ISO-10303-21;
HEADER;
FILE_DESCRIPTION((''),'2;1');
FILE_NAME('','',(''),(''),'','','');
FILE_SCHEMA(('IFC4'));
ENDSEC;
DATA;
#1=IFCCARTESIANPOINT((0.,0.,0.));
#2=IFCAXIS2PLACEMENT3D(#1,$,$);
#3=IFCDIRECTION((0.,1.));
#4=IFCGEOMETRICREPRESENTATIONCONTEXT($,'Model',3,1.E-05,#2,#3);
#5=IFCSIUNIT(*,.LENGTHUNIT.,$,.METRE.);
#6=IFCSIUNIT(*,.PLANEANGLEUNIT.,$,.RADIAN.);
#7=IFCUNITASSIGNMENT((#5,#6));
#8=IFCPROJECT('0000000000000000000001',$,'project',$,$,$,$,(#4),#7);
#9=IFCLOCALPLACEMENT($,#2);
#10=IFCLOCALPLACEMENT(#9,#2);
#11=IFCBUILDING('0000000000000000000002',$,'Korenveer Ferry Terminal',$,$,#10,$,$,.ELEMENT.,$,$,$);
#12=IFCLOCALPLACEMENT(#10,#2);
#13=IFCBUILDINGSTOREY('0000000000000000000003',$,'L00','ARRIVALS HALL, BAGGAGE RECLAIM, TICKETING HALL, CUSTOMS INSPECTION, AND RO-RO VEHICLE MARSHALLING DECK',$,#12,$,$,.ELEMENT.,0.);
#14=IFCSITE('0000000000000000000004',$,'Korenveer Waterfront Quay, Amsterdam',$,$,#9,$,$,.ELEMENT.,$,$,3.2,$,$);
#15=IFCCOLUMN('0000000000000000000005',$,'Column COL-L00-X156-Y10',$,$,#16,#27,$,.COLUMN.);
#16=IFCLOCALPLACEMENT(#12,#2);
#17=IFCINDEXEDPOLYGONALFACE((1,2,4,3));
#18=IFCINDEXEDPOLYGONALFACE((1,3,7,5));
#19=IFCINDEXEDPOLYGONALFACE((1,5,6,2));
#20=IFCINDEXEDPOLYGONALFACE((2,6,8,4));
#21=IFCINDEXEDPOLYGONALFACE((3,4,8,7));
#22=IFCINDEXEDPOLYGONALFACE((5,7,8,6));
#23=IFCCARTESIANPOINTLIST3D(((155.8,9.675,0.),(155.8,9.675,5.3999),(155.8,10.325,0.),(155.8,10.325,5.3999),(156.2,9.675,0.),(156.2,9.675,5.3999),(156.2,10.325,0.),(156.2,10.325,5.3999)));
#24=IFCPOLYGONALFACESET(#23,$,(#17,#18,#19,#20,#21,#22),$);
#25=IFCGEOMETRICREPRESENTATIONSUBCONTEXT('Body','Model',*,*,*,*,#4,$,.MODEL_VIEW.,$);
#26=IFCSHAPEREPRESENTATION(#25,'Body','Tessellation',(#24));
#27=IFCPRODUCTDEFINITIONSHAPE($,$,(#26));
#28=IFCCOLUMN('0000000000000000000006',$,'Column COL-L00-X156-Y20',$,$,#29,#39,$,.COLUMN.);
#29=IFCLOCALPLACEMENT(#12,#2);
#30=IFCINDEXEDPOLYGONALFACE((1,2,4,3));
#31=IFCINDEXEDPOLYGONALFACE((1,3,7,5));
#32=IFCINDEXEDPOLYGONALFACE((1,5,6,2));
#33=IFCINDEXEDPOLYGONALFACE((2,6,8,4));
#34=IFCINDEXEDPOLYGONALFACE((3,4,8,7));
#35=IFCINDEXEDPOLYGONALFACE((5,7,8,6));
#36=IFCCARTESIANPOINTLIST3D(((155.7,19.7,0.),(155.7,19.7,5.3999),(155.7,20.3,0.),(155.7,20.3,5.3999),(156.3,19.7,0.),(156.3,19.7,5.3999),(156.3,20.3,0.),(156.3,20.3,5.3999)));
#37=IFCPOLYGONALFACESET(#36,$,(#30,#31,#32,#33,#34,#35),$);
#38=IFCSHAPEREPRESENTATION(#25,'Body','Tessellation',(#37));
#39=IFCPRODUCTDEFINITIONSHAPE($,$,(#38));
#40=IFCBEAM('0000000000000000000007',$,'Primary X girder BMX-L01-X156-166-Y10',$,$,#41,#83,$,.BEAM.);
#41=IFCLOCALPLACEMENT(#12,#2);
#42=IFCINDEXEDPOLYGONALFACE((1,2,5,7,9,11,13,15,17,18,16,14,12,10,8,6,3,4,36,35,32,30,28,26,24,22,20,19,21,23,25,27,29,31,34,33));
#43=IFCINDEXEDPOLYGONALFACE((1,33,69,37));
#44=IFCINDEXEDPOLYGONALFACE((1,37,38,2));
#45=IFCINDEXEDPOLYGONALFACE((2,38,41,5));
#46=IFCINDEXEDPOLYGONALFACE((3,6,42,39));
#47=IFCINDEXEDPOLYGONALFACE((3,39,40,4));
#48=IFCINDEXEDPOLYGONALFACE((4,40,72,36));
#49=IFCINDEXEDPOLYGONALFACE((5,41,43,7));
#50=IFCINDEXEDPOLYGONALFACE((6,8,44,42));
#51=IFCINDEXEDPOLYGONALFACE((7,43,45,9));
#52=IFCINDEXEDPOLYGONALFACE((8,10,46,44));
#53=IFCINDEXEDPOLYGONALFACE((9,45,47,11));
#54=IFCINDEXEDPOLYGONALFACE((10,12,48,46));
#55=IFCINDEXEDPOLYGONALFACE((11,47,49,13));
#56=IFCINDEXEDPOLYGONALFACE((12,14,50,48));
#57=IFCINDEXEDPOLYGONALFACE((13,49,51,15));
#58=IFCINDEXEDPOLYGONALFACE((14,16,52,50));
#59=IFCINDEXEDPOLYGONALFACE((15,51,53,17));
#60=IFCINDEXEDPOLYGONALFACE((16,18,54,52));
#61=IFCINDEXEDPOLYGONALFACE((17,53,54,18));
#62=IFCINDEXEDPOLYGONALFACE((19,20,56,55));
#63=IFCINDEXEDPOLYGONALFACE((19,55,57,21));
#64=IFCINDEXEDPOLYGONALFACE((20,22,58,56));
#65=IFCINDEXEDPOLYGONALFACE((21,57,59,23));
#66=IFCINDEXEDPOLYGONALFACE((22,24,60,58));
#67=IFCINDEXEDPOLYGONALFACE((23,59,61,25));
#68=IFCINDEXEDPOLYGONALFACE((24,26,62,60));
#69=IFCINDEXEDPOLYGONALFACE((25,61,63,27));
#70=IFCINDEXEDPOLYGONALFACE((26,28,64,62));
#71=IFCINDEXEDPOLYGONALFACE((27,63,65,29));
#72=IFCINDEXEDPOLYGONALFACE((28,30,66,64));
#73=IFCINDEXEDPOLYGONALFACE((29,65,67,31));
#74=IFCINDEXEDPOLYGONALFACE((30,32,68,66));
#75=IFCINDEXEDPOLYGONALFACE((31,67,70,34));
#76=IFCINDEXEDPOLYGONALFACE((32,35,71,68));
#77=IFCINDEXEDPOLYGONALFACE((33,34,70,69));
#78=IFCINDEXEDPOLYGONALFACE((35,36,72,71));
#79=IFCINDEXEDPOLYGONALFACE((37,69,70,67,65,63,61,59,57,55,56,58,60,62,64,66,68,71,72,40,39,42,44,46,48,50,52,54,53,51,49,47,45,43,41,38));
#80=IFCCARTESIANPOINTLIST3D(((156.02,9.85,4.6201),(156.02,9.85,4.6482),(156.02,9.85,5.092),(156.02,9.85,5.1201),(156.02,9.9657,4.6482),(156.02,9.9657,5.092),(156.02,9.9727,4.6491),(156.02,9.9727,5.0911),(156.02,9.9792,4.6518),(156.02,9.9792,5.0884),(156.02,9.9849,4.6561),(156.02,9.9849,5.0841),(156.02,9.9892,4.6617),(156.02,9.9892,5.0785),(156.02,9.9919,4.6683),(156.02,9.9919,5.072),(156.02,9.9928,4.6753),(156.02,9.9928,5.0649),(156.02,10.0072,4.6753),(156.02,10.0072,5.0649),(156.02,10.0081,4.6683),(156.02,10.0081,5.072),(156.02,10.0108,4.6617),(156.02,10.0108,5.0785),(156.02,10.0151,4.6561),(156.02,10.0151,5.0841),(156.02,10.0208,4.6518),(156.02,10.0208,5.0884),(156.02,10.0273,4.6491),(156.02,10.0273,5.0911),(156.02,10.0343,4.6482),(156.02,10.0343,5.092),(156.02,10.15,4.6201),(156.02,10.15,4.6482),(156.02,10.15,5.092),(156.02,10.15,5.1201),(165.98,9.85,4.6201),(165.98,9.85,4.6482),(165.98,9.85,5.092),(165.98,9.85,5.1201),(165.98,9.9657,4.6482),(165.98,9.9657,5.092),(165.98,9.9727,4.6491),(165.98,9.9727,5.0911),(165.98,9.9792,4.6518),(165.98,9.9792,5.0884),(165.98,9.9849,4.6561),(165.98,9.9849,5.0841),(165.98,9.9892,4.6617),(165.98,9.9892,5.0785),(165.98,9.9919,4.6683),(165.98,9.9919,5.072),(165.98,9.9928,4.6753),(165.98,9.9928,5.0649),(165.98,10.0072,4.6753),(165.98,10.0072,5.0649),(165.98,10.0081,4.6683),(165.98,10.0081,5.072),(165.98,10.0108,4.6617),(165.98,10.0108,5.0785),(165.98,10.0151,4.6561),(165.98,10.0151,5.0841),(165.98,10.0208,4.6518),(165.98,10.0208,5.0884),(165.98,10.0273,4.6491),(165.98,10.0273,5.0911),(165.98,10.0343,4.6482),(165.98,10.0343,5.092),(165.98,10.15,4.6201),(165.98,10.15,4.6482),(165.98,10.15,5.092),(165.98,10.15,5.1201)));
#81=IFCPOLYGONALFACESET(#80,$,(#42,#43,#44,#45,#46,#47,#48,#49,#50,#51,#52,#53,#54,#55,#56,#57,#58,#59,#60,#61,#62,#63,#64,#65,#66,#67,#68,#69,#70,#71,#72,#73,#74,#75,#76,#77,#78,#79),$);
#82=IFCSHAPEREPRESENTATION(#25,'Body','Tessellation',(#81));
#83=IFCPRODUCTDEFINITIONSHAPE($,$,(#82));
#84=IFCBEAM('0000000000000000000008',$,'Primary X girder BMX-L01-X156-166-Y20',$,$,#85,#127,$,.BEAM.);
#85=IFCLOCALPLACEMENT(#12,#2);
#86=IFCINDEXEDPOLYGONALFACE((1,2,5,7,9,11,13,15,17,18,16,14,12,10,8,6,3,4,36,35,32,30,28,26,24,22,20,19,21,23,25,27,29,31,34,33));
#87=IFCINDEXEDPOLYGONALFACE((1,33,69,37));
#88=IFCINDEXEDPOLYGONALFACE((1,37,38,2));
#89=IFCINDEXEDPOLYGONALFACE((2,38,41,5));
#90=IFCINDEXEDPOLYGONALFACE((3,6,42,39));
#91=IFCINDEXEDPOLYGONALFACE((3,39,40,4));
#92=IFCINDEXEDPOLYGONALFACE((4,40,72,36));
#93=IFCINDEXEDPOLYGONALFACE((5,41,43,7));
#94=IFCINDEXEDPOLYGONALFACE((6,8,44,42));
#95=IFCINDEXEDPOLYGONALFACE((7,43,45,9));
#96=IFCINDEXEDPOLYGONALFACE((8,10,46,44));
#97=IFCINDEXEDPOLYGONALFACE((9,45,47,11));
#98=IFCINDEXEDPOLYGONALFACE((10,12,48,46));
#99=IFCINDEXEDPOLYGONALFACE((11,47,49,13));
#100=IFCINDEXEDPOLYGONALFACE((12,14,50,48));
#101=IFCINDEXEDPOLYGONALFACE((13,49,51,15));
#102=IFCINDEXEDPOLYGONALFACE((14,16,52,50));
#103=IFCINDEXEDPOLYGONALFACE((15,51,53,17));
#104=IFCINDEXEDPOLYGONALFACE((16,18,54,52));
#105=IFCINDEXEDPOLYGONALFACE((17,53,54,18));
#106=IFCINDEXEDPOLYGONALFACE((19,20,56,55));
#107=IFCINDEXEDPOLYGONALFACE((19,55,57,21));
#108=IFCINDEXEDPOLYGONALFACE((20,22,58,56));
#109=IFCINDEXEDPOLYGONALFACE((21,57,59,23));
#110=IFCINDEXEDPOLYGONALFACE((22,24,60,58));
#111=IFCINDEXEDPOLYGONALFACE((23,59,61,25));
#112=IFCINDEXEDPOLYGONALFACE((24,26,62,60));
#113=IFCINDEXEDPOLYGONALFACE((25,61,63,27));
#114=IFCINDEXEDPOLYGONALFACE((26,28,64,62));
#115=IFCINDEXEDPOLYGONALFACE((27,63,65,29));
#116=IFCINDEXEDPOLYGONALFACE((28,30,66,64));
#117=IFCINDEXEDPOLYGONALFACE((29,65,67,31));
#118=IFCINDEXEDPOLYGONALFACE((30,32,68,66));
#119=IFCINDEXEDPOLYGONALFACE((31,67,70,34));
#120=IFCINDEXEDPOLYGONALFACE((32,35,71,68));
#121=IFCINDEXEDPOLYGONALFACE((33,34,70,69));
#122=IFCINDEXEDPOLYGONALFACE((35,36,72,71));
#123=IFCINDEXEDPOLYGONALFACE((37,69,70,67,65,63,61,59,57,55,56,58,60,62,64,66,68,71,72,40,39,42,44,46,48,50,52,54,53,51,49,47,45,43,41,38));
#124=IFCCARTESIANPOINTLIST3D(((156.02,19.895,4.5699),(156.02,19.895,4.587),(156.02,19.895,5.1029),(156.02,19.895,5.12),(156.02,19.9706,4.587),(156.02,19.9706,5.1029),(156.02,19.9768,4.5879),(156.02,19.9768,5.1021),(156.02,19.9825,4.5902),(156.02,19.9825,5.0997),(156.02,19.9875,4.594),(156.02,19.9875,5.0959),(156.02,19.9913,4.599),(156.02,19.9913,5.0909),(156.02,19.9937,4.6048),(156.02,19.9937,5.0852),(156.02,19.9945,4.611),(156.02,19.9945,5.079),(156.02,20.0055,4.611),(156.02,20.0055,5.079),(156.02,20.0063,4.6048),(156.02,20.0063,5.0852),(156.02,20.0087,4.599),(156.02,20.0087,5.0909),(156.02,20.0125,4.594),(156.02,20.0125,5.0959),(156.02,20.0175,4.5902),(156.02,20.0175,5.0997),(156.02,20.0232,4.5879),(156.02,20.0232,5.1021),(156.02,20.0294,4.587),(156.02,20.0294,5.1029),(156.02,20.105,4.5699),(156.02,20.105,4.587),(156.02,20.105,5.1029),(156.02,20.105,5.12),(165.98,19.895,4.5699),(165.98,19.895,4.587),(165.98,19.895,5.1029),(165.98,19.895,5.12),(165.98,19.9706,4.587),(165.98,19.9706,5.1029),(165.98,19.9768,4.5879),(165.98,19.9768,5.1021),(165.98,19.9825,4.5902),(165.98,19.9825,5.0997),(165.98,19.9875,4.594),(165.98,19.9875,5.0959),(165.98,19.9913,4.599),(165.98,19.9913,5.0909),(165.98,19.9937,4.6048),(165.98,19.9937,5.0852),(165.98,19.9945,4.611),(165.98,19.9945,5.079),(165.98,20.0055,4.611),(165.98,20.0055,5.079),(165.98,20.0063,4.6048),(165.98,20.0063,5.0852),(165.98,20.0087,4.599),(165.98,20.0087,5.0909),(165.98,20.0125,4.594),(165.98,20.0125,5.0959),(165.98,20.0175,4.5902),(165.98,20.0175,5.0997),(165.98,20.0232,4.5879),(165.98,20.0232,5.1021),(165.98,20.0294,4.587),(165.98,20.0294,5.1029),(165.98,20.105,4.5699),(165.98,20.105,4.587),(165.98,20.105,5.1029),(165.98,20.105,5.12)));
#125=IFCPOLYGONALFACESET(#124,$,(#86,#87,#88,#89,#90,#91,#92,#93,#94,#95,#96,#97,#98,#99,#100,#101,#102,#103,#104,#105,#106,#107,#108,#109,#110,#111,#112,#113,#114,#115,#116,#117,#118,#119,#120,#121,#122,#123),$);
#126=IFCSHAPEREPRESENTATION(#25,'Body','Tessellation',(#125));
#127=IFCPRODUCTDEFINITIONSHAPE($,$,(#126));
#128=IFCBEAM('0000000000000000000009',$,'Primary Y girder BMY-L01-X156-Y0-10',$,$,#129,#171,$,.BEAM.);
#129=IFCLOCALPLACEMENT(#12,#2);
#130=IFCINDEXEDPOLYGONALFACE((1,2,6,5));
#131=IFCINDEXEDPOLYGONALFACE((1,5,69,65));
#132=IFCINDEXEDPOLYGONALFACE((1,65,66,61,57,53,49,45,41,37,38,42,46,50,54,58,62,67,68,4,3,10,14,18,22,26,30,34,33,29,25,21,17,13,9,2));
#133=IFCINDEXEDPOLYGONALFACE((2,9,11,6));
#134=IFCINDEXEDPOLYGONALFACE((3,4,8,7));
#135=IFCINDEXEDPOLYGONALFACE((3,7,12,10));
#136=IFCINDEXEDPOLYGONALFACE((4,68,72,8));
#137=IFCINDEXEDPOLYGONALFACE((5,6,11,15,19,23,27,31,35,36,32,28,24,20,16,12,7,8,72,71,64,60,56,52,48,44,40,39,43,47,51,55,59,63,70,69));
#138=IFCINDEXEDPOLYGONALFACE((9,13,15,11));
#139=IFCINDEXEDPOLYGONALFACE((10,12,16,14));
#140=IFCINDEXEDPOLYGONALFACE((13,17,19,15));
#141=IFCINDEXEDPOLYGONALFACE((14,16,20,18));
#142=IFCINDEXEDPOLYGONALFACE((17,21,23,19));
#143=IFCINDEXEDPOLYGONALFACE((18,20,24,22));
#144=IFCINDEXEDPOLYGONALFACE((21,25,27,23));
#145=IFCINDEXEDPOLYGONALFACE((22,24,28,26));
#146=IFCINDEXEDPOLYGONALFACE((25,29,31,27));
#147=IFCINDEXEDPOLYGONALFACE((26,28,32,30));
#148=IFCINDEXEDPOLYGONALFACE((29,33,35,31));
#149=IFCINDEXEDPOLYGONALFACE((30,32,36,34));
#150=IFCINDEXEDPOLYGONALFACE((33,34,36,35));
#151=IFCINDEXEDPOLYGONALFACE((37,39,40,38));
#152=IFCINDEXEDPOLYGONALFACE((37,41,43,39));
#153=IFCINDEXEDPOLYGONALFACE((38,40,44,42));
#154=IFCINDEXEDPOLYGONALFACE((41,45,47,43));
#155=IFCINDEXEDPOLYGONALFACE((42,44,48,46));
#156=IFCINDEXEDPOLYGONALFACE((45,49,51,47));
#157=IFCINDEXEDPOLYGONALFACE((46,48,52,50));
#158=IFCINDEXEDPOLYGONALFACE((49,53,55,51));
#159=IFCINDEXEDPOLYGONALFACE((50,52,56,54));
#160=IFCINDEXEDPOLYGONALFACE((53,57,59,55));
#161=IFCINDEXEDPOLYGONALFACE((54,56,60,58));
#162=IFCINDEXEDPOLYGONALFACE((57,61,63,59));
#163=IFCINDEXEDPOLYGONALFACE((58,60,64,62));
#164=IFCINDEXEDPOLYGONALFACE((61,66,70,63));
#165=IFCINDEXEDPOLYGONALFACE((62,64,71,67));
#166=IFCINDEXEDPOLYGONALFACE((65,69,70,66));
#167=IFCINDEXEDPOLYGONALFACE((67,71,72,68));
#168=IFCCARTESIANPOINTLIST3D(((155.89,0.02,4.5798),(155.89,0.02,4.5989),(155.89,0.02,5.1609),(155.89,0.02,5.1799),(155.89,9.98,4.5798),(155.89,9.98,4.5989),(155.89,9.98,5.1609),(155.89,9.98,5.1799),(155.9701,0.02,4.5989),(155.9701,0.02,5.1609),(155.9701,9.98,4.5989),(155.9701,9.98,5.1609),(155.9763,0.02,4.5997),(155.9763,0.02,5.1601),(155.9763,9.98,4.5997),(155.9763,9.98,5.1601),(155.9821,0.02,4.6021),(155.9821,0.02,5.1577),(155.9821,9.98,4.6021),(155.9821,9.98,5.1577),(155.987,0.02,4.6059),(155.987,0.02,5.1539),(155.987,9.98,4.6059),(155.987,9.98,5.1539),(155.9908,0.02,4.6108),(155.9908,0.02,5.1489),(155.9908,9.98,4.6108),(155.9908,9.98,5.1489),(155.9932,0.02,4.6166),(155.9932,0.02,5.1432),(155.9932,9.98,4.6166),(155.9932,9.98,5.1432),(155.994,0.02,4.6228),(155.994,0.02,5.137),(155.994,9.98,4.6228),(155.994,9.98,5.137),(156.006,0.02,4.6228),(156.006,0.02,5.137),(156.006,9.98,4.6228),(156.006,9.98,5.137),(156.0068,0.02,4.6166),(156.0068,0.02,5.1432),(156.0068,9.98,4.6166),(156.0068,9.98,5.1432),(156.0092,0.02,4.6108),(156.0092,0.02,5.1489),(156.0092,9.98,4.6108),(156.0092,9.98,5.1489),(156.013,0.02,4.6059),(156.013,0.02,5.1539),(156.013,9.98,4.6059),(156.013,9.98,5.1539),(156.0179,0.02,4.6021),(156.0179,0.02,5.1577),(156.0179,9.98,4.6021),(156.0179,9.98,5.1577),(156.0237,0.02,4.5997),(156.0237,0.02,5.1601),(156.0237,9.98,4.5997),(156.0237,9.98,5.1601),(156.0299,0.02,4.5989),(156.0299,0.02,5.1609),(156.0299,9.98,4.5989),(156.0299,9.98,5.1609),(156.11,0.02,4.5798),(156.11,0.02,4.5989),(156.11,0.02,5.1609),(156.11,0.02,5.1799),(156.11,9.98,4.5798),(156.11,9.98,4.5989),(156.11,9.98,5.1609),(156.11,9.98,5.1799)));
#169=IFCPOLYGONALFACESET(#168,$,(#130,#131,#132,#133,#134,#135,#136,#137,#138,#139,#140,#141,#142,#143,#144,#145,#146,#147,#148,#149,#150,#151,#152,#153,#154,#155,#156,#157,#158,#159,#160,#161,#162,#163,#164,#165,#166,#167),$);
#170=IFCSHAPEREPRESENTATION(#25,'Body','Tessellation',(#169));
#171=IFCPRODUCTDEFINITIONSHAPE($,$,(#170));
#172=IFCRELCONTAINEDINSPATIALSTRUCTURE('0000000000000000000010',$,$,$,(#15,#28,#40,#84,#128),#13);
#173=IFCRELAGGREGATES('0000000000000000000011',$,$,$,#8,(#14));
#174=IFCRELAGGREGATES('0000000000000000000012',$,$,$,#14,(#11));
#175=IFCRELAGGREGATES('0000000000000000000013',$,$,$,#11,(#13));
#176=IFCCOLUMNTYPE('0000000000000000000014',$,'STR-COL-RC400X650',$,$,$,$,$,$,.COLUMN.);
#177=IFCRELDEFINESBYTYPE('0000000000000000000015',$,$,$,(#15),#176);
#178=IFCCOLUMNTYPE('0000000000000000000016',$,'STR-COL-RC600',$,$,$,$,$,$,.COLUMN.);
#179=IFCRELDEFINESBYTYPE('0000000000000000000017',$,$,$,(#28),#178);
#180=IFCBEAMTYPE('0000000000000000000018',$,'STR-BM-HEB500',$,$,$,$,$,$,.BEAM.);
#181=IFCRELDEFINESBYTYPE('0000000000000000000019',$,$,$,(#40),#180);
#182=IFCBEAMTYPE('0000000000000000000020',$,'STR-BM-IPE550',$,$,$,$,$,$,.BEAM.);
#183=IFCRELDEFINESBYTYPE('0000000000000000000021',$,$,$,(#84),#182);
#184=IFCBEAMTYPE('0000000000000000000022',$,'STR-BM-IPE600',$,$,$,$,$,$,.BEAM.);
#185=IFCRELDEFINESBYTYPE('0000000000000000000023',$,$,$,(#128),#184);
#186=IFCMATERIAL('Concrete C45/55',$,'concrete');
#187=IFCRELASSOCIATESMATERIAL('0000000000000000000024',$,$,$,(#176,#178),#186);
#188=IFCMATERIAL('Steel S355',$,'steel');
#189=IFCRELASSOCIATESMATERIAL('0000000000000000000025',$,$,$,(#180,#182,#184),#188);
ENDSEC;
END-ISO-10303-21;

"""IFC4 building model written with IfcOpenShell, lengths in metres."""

from ifc_helpers import new_model, si_unit, direction, frame, origin, origin_2d, place, context, subcontext, project, spatial, rectangle, i_section, extrude, material, material_profile, profile_set, type_object, element, save


model = new_model("IFC4")

# Units and contexts
model_context = context("Model", 3, precision=1e-05, world=origin(), true_north=direction((0.0, 1.0)))
body_context = subcontext(model_context, "Body", "Model", "MODEL_VIEW")
ifc_project = project(units=[si_unit("LENGTHUNIT", "METRE"), si_unit("PLANEANGLEUNIT", "RADIAN")], contexts=[model_context])

# Site, building, storey
site_placement = place(None, origin())
site = spatial("IfcSite", under=ifc_project, at=site_placement, Name="Korenveer Waterfront Quay, Amsterdam", CompositionType="ELEMENT", RefElevation=3.2)
building_placement = place(site_placement, origin())
building = spatial("IfcBuilding", under=site, at=building_placement, Name="Korenveer Ferry Terminal", CompositionType="ELEMENT")
storey_placement = place(building_placement, origin())
storey = spatial("IfcBuildingStorey", under=building, at=storey_placement, Name="L00", Description="ARRIVALS HALL, BAGGAGE RECLAIM, TICKETING HALL, CUSTOMS INSPECTION, AND RO-RO VEHICLE MARSHALLING DECK", CompositionType="ELEMENT", Elevation=0.0)

# Shared definitions
ifc_material_1 = material(Name="Concrete C45/55", Category="concrete")

# Columns
ifc_material_profile_1 = material_profile(ifc_material_1, rectangle(XDim=0.3999, YDim=0.6499, at=origin_2d()), Name="RC 400x650")
ifc_profile_set_1 = profile_set([ifc_material_profile_1], Name="Concrete C45/55")
column_type_1 = type_object("IfcColumnType", Name="STR-COL-RC400X650", PredefinedType="COLUMN", material=ifc_profile_set_1)
column_1_placement = place(storey_placement, frame((156.0, 10.0, 0.0), z_axis=(0.0, 0.0, 1.0), x_axis=(1.0, 0.0, 0.0)))
element("IfcColumn", 1, at=column_1_placement, inside=storey, type_object=column_type_1, Name="Column COL-L00-X156-Y10", PredefinedType="COLUMN", context=body_context, shape_type="SweptSolid", body=[
    extrude(rectangle(XDim=0.3999, YDim=0.6499, at=origin_2d()), origin(), (0.0, 0.0, 1.0), 5.3999),
])
ifc_material_profile_2 = material_profile(ifc_material_1, rectangle(XDim=0.6001, YDim=0.6001, at=origin_2d()), Name="RC 600x600")
ifc_profile_set_2 = profile_set([ifc_material_profile_2], Name="Concrete C45/55")
column_type_2 = type_object("IfcColumnType", Name="STR-COL-RC600", PredefinedType="COLUMN", material=ifc_profile_set_2)
column_2_placement = place(storey_placement, frame((156.0, 20.0, 0.0), z_axis=(0.0, 0.0, 1.0), x_axis=(1.0, 0.0, 0.0)))
element("IfcColumn", 2, at=column_2_placement, inside=storey, type_object=column_type_2, Name="Column COL-L00-X156-Y20", PredefinedType="COLUMN", context=body_context, shape_type="SweptSolid", body=[
    extrude(rectangle(XDim=0.6001, YDim=0.6001, at=origin_2d()), origin(), (0.0, 0.0, 1.0), 5.3999),
])

# Beams
ifc_material_2 = material(Name="Steel S355", Category="steel")
ifc_material_profile_3 = material_profile(ifc_material_2, i_section(OverallWidth=0.3, OverallDepth=0.5, WebThickness=0.0144, FlangeThickness=0.0281, FilletRadius=0.0271, at=origin_2d()), Name="HEB 500")
ifc_profile_set_3 = profile_set([ifc_material_profile_3], Name="Steel S355")
beam_type_1 = type_object("IfcBeamType", Name="STR-BM-HEB500", PredefinedType="BEAM", material=ifc_profile_set_3)
beam_1_placement = place(storey_placement, frame((156.02, 10.0, 4.8701), z_axis=(1.0, 0.0, 0.0), x_axis=(0.0, 1.0, 0.0)))
element("IfcBeam", 3, at=beam_1_placement, inside=storey, type_object=beam_type_1, Name="Primary X girder BMX-L01-X156-166-Y10", PredefinedType="BEAM", context=body_context, shape_type="SweptSolid", body=[
    extrude(i_section(OverallWidth=0.3, OverallDepth=0.5, WebThickness=0.0144, FlangeThickness=0.0281, FilletRadius=0.0271, at=origin_2d()), origin(), (0.0, 0.0, 1.0), 9.96),
])
ifc_material_profile_4 = material_profile(ifc_material_2, i_section(OverallWidth=0.21, OverallDepth=0.55, WebThickness=0.011, FlangeThickness=0.0171, FilletRadius=0.0239, at=origin_2d()), Name="IPE 550")
ifc_profile_set_4 = profile_set([ifc_material_profile_4], Name="Steel S355")
beam_type_2 = type_object("IfcBeamType", Name="STR-BM-IPE550", PredefinedType="BEAM", material=ifc_profile_set_4)
beam_2_placement = place(storey_placement, frame((156.02, 20.0, 4.845), z_axis=(1.0, 0.0, 0.0), x_axis=(0.0, 1.0, 0.0)))
element("IfcBeam", 4, at=beam_2_placement, inside=storey, type_object=beam_type_2, Name="Primary X girder BMX-L01-X156-166-Y20", PredefinedType="BEAM", context=body_context, shape_type="SweptSolid", body=[
    extrude(i_section(OverallWidth=0.21, OverallDepth=0.55, WebThickness=0.011, FlangeThickness=0.0171, FilletRadius=0.0239, at=origin_2d()), origin(), (0.0, 0.0, 1.0), 9.96),
])
ifc_material_profile_5 = material_profile(ifc_material_2, i_section(OverallWidth=0.22, OverallDepth=0.6001, WebThickness=0.012, FlangeThickness=0.019, FilletRadius=0.0239, at=origin_2d()), Name="IPE 600")
ifc_profile_set_5 = profile_set([ifc_material_profile_5], Name="Steel S355")
beam_type_3 = type_object("IfcBeamType", Name="STR-BM-IPE600", PredefinedType="BEAM", material=ifc_profile_set_5)
for number, where, z_axis, x_axis, name in (
    (5, (156.0, 0.02, 4.8799), (0.0, 1.0, 0.0), (-1.0, 0.0, 0.0), "Primary Y girder BMY-L01-X156-Y0-10"),
):
    element("IfcBeam", number, at=place(storey_placement, frame(where, z_axis=z_axis, x_axis=x_axis)), inside=storey, type_object=beam_type_3, Name=name, PredefinedType="BEAM", context=body_context, shape_type="SweptSolid", body=[
        extrude(i_section(OverallWidth=0.22, OverallDepth=0.6001, WebThickness=0.012, FlangeThickness=0.019, FilletRadius=0.0239, at=origin_2d()), origin(), (0.0, 0.0, 1.0), 9.96),
    ])

save(model, "model.ifc")
